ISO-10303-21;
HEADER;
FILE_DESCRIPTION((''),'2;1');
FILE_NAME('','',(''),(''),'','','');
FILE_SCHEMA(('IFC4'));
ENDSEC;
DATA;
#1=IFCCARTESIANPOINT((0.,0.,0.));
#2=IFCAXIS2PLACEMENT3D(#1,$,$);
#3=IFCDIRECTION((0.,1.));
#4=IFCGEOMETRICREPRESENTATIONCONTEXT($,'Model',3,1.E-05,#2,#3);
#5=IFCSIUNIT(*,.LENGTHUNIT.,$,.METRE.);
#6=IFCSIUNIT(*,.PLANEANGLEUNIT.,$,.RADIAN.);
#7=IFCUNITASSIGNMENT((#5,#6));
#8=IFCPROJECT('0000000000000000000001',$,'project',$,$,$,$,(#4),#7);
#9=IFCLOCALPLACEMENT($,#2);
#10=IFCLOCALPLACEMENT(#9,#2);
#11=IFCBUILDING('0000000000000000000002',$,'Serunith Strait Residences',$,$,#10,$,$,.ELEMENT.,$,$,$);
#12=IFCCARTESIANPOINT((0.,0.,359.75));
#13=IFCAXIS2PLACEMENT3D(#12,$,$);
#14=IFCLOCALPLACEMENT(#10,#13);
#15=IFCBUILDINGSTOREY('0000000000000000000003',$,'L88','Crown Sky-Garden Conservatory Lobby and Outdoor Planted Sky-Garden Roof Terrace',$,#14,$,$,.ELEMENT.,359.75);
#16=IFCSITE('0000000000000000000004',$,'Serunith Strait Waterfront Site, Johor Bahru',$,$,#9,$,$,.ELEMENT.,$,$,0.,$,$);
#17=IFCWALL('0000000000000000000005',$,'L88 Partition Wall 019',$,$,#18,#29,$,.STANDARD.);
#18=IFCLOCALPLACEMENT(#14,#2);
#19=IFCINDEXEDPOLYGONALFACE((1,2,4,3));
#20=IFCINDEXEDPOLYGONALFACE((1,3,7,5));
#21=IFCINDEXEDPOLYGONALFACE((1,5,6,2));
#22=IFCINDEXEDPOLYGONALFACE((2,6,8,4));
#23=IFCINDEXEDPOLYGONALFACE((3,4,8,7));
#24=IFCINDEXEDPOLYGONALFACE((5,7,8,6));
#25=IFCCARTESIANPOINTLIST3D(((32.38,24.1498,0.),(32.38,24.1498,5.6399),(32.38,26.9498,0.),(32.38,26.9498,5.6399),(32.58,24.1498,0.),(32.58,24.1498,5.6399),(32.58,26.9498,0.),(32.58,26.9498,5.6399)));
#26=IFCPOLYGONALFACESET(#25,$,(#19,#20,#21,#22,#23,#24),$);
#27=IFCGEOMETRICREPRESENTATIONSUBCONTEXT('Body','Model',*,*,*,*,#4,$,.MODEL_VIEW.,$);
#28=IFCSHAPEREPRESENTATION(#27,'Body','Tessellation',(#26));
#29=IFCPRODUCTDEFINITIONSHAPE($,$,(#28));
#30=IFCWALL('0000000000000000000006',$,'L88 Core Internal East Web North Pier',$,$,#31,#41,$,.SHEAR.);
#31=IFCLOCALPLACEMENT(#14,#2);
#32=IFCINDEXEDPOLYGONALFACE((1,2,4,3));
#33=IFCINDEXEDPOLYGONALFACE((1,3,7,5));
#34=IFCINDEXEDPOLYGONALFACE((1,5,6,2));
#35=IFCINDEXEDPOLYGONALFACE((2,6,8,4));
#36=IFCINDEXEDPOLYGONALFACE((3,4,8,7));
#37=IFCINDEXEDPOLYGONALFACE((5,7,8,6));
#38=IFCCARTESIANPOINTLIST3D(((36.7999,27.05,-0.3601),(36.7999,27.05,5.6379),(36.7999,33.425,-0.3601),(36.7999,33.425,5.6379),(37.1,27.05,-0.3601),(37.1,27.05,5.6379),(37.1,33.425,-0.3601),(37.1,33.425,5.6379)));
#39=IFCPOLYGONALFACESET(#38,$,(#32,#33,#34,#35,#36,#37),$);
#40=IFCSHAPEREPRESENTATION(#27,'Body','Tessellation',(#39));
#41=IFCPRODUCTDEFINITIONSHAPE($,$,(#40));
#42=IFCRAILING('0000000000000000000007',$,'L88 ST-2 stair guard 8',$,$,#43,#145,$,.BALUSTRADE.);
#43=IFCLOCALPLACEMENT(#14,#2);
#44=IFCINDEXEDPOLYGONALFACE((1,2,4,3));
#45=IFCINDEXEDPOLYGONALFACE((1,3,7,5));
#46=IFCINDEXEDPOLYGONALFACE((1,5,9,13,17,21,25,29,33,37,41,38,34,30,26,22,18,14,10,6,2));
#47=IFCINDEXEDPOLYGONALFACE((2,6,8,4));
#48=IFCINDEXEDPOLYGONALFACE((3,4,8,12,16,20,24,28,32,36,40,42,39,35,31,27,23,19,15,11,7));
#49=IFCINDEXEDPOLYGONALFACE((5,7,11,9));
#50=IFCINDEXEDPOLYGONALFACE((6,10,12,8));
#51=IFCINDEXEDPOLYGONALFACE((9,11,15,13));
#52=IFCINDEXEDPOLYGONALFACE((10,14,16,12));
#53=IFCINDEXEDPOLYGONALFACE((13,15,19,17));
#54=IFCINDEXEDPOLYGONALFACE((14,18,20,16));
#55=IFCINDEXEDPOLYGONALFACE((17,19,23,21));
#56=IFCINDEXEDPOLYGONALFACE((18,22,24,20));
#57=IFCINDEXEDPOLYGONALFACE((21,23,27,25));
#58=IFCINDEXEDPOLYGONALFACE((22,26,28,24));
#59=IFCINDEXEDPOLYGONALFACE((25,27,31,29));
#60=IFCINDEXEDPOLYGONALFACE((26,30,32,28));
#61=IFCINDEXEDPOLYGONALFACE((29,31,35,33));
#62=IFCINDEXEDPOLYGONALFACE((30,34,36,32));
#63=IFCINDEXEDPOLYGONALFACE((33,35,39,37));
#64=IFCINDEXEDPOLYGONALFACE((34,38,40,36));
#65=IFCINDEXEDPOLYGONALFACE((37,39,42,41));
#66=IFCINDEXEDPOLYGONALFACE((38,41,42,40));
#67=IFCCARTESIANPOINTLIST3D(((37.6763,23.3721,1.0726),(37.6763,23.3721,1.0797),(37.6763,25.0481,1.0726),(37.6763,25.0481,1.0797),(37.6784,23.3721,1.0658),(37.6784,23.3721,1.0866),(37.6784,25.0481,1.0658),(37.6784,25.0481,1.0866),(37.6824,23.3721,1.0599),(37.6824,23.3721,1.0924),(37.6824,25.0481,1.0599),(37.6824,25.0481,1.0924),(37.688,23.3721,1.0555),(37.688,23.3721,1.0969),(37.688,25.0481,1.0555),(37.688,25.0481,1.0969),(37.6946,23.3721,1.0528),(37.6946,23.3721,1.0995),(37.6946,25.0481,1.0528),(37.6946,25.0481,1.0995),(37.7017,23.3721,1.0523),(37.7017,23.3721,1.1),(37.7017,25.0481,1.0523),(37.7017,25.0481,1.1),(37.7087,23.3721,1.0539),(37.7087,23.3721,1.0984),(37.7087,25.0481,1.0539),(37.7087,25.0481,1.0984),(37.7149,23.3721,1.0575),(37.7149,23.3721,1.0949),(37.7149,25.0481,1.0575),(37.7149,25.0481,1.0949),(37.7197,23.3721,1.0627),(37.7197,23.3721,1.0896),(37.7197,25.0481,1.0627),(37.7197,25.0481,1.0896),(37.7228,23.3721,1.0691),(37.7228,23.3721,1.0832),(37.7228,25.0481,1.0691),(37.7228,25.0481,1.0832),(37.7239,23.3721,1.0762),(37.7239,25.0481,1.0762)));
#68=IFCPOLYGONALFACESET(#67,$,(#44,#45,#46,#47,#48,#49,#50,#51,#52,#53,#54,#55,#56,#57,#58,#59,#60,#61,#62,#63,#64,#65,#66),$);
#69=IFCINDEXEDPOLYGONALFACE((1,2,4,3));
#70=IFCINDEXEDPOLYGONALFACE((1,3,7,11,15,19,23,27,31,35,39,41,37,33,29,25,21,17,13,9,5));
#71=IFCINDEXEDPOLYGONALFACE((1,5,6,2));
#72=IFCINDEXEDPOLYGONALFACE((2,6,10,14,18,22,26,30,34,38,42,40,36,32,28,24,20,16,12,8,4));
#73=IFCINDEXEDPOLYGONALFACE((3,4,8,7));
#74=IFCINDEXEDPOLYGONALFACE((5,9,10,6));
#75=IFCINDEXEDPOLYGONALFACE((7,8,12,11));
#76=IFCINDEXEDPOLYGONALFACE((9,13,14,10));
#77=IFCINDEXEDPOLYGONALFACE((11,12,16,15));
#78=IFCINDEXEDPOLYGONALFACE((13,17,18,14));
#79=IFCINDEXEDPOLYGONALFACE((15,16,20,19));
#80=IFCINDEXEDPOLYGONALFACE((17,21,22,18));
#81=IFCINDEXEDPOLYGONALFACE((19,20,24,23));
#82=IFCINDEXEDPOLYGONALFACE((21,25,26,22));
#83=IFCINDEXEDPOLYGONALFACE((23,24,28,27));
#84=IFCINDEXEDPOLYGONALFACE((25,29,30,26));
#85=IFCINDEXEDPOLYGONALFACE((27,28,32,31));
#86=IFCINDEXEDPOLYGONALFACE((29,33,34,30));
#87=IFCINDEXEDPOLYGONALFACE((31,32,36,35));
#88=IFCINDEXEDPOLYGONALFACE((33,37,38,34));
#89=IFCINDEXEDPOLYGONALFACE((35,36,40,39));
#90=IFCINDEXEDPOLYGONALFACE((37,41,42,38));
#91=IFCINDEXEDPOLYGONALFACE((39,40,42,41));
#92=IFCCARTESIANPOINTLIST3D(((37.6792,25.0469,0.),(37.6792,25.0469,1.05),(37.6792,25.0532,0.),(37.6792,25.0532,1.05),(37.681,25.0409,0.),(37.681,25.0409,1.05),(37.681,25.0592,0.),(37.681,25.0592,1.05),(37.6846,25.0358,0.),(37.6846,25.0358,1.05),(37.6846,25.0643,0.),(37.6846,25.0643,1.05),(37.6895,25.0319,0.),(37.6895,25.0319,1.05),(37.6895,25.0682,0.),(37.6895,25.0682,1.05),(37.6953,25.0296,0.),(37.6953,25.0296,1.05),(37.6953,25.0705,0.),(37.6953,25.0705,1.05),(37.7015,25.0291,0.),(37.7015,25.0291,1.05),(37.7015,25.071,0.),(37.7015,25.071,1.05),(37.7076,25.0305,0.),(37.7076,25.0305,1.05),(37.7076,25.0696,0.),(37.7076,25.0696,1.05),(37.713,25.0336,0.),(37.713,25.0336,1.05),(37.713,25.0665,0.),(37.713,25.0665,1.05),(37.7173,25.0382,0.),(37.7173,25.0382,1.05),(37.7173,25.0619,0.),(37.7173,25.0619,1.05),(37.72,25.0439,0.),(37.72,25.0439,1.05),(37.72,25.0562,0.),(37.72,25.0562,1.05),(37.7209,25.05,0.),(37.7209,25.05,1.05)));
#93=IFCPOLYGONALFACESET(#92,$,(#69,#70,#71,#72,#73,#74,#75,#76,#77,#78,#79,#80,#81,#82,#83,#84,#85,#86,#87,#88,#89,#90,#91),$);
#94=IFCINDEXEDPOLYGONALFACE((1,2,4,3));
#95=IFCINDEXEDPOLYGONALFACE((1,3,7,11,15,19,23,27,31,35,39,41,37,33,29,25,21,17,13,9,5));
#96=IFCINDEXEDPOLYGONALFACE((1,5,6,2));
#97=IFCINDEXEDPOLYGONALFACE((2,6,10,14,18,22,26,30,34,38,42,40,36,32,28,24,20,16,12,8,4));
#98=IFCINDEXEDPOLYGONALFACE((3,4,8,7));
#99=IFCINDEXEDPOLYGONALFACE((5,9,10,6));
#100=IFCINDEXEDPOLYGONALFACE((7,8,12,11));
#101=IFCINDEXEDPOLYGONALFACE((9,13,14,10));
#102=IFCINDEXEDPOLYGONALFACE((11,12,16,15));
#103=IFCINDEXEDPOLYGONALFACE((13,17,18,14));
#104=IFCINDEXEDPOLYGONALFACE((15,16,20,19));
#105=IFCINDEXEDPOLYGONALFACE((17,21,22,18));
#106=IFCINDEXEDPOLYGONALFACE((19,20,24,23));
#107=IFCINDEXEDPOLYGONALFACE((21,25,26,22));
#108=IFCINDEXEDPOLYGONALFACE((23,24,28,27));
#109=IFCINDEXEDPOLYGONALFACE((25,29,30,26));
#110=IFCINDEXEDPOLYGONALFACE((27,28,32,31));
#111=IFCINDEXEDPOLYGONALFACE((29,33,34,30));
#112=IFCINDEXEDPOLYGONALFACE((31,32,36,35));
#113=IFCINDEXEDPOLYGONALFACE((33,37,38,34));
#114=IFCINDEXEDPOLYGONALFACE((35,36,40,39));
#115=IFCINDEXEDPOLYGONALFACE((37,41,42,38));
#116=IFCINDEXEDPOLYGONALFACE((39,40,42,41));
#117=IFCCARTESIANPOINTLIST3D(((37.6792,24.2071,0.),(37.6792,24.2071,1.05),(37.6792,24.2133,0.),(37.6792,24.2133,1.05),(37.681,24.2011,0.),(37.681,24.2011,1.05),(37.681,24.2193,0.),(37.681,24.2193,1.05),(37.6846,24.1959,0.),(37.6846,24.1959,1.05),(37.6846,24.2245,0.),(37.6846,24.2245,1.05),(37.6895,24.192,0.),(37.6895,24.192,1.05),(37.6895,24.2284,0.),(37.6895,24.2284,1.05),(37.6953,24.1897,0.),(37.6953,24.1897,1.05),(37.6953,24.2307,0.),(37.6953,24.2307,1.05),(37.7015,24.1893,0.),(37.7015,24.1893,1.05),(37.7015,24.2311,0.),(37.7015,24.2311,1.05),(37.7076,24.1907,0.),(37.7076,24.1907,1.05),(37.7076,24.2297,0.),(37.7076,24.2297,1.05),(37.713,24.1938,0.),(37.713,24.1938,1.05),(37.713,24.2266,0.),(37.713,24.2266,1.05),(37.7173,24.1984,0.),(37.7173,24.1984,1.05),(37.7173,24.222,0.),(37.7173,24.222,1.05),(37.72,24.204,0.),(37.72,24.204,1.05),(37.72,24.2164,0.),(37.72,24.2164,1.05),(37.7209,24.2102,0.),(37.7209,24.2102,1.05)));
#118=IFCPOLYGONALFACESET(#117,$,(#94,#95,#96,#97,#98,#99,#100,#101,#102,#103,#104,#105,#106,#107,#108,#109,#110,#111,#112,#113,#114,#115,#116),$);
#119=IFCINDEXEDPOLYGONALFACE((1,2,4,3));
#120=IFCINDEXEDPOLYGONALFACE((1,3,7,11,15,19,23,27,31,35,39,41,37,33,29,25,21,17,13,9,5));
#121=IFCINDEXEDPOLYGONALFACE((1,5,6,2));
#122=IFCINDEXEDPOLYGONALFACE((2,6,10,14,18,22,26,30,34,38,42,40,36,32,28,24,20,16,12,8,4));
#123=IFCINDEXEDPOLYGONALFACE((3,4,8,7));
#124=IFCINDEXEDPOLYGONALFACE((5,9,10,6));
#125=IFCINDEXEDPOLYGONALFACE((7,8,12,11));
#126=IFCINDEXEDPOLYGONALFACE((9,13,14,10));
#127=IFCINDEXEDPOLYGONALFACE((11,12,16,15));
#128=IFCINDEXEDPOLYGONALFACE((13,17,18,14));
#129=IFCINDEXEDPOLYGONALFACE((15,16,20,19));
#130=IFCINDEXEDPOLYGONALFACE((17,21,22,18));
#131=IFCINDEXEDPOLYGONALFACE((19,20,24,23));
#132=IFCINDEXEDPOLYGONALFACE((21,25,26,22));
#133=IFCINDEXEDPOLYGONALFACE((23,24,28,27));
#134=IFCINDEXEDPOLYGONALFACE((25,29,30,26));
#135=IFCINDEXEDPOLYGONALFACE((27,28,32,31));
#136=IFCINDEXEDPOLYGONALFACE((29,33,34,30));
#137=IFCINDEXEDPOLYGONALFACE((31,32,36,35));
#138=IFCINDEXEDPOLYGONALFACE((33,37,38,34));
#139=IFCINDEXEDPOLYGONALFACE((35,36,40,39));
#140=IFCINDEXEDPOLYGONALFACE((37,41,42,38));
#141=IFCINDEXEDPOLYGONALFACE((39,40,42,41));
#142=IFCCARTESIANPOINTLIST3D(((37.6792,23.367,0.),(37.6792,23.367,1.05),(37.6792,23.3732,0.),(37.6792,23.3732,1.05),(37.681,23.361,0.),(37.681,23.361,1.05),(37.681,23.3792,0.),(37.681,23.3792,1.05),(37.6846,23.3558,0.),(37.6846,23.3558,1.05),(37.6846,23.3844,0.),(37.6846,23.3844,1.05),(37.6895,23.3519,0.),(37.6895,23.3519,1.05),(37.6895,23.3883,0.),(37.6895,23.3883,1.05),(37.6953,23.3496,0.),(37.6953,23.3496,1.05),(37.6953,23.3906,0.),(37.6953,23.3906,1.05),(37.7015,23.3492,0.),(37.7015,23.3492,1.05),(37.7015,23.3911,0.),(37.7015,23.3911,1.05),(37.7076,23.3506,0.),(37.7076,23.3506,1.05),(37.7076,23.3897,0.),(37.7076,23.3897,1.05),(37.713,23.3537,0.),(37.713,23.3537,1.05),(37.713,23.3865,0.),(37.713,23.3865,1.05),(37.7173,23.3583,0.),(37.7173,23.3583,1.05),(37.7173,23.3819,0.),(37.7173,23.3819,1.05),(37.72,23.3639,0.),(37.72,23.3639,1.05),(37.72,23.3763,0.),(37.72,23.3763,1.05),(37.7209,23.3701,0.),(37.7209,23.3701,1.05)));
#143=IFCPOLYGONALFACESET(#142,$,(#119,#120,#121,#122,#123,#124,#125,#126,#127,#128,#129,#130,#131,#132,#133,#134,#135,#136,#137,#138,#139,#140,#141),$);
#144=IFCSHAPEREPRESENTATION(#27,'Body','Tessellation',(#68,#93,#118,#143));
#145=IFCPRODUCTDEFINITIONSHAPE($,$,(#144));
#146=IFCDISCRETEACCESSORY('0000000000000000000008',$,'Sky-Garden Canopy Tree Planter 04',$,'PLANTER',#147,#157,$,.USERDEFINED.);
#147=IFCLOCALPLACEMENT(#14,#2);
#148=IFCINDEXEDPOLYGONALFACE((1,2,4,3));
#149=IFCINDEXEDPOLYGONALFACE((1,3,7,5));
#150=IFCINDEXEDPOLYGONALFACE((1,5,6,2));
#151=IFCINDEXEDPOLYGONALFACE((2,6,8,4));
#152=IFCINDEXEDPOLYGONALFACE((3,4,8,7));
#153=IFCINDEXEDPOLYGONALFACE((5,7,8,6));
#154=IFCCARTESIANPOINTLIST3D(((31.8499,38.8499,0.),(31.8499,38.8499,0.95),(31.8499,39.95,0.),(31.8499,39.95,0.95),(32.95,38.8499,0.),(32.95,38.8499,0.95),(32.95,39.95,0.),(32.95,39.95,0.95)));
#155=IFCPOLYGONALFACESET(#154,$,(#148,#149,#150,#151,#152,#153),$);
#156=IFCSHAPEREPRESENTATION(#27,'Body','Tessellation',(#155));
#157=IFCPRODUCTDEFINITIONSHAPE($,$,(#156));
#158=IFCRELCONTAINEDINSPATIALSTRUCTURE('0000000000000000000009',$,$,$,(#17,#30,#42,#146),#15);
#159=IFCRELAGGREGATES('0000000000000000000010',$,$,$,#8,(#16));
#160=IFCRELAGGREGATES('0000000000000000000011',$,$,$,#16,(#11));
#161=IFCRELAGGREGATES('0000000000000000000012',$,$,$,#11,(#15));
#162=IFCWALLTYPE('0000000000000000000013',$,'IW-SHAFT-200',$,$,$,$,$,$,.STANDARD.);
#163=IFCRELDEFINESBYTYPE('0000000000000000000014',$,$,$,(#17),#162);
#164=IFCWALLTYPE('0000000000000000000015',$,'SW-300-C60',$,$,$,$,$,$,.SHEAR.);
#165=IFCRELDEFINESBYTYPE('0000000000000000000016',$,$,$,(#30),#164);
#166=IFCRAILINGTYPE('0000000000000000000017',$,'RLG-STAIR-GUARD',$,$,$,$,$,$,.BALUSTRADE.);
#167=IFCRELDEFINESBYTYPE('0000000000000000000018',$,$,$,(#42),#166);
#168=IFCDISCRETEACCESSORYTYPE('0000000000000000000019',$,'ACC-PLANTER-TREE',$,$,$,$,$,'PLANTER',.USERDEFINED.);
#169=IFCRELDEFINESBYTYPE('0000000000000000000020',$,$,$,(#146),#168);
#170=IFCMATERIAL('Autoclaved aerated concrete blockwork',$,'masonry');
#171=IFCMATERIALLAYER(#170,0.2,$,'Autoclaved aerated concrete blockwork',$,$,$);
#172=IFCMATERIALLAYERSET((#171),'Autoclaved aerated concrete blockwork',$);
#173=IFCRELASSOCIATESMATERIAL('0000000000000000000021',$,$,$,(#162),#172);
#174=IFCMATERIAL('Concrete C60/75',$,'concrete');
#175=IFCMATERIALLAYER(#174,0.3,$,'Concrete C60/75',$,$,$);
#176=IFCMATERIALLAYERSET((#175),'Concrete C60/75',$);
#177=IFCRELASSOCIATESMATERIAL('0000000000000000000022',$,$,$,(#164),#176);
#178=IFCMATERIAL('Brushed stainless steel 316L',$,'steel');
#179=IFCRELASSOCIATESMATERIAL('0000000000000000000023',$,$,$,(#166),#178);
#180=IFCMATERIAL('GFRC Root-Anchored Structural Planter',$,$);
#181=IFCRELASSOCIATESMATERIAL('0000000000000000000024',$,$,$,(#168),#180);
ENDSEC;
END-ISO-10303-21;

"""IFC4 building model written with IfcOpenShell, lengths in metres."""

from ifc_helpers import new_model, si_unit, direction, frame, frame_2d, origin, origin_2d, place, context, subcontext, project, spatial, rectangle, circle, extrude, source, transform, mapped, material, layer, layer_set, type_object, element, save


model = new_model("IFC4")

# Units and contexts
model_context = context("Model", 3, precision=1e-05, world=origin(), true_north=direction((0.0, 1.0)))
body_context = subcontext(model_context, "Body", "Model", "MODEL_VIEW")
ifc_project = project(units=[si_unit("LENGTHUNIT", "METRE"), si_unit("PLANEANGLEUNIT", "RADIAN")], contexts=[model_context])

# Site, building, storey
site_placement = place(None, origin())
site = spatial("IfcSite", under=ifc_project, at=site_placement, Name="Serunith Strait Waterfront Site, Johor Bahru", CompositionType="ELEMENT", RefElevation=0.0)
building_placement = place(site_placement, origin())
building = spatial("IfcBuilding", under=site, at=building_placement, Name="Serunith Strait Residences", CompositionType="ELEMENT")
storey_placement = place(building_placement, frame((0.0, 0.0, 359.75)))
storey = spatial("IfcBuildingStorey", under=building, at=storey_placement, Name="L88", Description="Crown Sky-Garden Conservatory Lobby and Outdoor Planted Sky-Garden Roof Terrace", CompositionType="ELEMENT", Elevation=359.75)

# Shared definitions
ifc_material_1 = material(Name="Concrete C60/75", Category="concrete")

# Shared definitions
ifc_material_2 = material(Name="Autoclaved aerated concrete blockwork", Category="masonry")
ifc_layer_1 = layer(ifc_material_2, 0.2, Name="Autoclaved aerated concrete blockwork")
ifc_layer_set_1 = layer_set([ifc_layer_1], Name="Autoclaved aerated concrete blockwork")
wall_type_1 = type_object("IfcWallType", Name="IW-SHAFT-200", PredefinedType="STANDARD", material=ifc_layer_set_1)

# Walls
for number, where, z_axis, x_axis, name in (
    (1, (32.48, 24.1499, 0.0), (0.0, 0.0, 1.0), (0.0, 1.0, 0.0), "L88 Partition Wall 019"),
):
    element("IfcWall", number, at=place(storey_placement, frame(where, z_axis=z_axis, x_axis=x_axis)), inside=storey, type_object=wall_type_1, Name=name, PredefinedType="STANDARD", context=body_context, shape_type="SweptSolid", body=[
        extrude(rectangle(XDim=2.8, YDim=0.2, at=frame_2d((1.3999, 0.0))), origin(), (0.0, 0.0, 1.0), 5.6399),
    ])
ifc_layer_2 = layer(ifc_material_1, 0.3, Name="Concrete C60/75")
ifc_layer_set_2 = layer_set([ifc_layer_2], Name="Concrete C60/75")
wall_type_2 = type_object("IfcWallType", Name="SW-300-C60", PredefinedType="SHEAR", material=ifc_layer_set_2)
wall_1_placement = place(storey_placement, frame((36.95, 27.05, -0.3601), z_axis=(0.0, 0.0, 1.0), x_axis=(0.0, 1.0, 0.0)))
element("IfcWall", 2, at=wall_1_placement, inside=storey, type_object=wall_type_2, Name="L88 Core Internal East Web North Pier", PredefinedType="SHEAR", context=body_context, shape_type="SweptSolid", body=[
    extrude(rectangle(XDim=6.375, YDim=0.3, at=frame_2d((3.1875, 0.0))), origin(), (0.0, 0.0, 1.0), 5.998),
])

# Railing
ifc_material_3 = material(Name="Brushed stainless steel 316L", Category="steel")
railing_type = type_object("IfcRailingType", Name="RLG-STAIR-GUARD", PredefinedType="BALUSTRADE", material=ifc_material_3)
railing_placement = place(storey_placement, frame((37.7, 25.05, 0.0)))
element("IfcRailing", 3, at=railing_placement, inside=storey, type_object=railing_type, Name="L88 ST-2 stair guard 8", PredefinedType="BALUSTRADE", context=body_context, shape_type="SweptSolid", body=[
    extrude(circle(Radius=0.0239, at=origin_2d()), frame((0.0, -0.002, 1.0762), z_axis=(0.0, -1.0, 0.0), x_axis=(1.0, 0.0, 0.0)), (0.0, 0.0, 1.0), 1.676),
    extrude(circle(Radius=0.021, at=origin_2d()), origin(), (0.0, 0.0, 1.0), 1.05),
    extrude(circle(Radius=0.021, at=origin_2d()), frame((0.0, -0.8398, 0.0)), (0.0, 0.0, 1.0), 1.05),
    extrude(circle(Radius=0.021, at=origin_2d()), frame((0.0, -1.6799, 0.0)), (0.0, 0.0, 1.0), 1.05),
])

# Discrete accessory
ifc_material_4 = material(Name="GFRC Root-Anchored Structural Planter")
discrete_accessory_type = type_object("IfcDiscreteAccessoryType", Name="ACC-PLANTER-TREE", ElementType="PLANTER", PredefinedType="USERDEFINED", material=ifc_material_4)
shared_shape_1 = source(origin(), body_context, "Body", "SweptSolid", [
    extrude(rectangle(XDim=1.1001, YDim=1.1001, at=origin_2d()), origin(), (0.0, 0.0, 1.0), 0.95),
])
discrete_accessory_placement = place(storey_placement, frame((32.3999, 39.3999, 0.0), z_axis=(0.0, 0.0, 1.0), x_axis=(1.0, 0.0, 0.0)))
element("IfcDiscreteAccessory", 4, at=discrete_accessory_placement, inside=storey, type_object=discrete_accessory_type, Name="Sky-Garden Canopy Tree Planter 04", ObjectType="PLANTER", PredefinedType="USERDEFINED", context=body_context, shape_type="MappedRepresentation", body=[
    mapped(shared_shape_1, transform((0.0, 0.0, 0.0), scale=1.0)),
])

save(model, "model.ifc")
